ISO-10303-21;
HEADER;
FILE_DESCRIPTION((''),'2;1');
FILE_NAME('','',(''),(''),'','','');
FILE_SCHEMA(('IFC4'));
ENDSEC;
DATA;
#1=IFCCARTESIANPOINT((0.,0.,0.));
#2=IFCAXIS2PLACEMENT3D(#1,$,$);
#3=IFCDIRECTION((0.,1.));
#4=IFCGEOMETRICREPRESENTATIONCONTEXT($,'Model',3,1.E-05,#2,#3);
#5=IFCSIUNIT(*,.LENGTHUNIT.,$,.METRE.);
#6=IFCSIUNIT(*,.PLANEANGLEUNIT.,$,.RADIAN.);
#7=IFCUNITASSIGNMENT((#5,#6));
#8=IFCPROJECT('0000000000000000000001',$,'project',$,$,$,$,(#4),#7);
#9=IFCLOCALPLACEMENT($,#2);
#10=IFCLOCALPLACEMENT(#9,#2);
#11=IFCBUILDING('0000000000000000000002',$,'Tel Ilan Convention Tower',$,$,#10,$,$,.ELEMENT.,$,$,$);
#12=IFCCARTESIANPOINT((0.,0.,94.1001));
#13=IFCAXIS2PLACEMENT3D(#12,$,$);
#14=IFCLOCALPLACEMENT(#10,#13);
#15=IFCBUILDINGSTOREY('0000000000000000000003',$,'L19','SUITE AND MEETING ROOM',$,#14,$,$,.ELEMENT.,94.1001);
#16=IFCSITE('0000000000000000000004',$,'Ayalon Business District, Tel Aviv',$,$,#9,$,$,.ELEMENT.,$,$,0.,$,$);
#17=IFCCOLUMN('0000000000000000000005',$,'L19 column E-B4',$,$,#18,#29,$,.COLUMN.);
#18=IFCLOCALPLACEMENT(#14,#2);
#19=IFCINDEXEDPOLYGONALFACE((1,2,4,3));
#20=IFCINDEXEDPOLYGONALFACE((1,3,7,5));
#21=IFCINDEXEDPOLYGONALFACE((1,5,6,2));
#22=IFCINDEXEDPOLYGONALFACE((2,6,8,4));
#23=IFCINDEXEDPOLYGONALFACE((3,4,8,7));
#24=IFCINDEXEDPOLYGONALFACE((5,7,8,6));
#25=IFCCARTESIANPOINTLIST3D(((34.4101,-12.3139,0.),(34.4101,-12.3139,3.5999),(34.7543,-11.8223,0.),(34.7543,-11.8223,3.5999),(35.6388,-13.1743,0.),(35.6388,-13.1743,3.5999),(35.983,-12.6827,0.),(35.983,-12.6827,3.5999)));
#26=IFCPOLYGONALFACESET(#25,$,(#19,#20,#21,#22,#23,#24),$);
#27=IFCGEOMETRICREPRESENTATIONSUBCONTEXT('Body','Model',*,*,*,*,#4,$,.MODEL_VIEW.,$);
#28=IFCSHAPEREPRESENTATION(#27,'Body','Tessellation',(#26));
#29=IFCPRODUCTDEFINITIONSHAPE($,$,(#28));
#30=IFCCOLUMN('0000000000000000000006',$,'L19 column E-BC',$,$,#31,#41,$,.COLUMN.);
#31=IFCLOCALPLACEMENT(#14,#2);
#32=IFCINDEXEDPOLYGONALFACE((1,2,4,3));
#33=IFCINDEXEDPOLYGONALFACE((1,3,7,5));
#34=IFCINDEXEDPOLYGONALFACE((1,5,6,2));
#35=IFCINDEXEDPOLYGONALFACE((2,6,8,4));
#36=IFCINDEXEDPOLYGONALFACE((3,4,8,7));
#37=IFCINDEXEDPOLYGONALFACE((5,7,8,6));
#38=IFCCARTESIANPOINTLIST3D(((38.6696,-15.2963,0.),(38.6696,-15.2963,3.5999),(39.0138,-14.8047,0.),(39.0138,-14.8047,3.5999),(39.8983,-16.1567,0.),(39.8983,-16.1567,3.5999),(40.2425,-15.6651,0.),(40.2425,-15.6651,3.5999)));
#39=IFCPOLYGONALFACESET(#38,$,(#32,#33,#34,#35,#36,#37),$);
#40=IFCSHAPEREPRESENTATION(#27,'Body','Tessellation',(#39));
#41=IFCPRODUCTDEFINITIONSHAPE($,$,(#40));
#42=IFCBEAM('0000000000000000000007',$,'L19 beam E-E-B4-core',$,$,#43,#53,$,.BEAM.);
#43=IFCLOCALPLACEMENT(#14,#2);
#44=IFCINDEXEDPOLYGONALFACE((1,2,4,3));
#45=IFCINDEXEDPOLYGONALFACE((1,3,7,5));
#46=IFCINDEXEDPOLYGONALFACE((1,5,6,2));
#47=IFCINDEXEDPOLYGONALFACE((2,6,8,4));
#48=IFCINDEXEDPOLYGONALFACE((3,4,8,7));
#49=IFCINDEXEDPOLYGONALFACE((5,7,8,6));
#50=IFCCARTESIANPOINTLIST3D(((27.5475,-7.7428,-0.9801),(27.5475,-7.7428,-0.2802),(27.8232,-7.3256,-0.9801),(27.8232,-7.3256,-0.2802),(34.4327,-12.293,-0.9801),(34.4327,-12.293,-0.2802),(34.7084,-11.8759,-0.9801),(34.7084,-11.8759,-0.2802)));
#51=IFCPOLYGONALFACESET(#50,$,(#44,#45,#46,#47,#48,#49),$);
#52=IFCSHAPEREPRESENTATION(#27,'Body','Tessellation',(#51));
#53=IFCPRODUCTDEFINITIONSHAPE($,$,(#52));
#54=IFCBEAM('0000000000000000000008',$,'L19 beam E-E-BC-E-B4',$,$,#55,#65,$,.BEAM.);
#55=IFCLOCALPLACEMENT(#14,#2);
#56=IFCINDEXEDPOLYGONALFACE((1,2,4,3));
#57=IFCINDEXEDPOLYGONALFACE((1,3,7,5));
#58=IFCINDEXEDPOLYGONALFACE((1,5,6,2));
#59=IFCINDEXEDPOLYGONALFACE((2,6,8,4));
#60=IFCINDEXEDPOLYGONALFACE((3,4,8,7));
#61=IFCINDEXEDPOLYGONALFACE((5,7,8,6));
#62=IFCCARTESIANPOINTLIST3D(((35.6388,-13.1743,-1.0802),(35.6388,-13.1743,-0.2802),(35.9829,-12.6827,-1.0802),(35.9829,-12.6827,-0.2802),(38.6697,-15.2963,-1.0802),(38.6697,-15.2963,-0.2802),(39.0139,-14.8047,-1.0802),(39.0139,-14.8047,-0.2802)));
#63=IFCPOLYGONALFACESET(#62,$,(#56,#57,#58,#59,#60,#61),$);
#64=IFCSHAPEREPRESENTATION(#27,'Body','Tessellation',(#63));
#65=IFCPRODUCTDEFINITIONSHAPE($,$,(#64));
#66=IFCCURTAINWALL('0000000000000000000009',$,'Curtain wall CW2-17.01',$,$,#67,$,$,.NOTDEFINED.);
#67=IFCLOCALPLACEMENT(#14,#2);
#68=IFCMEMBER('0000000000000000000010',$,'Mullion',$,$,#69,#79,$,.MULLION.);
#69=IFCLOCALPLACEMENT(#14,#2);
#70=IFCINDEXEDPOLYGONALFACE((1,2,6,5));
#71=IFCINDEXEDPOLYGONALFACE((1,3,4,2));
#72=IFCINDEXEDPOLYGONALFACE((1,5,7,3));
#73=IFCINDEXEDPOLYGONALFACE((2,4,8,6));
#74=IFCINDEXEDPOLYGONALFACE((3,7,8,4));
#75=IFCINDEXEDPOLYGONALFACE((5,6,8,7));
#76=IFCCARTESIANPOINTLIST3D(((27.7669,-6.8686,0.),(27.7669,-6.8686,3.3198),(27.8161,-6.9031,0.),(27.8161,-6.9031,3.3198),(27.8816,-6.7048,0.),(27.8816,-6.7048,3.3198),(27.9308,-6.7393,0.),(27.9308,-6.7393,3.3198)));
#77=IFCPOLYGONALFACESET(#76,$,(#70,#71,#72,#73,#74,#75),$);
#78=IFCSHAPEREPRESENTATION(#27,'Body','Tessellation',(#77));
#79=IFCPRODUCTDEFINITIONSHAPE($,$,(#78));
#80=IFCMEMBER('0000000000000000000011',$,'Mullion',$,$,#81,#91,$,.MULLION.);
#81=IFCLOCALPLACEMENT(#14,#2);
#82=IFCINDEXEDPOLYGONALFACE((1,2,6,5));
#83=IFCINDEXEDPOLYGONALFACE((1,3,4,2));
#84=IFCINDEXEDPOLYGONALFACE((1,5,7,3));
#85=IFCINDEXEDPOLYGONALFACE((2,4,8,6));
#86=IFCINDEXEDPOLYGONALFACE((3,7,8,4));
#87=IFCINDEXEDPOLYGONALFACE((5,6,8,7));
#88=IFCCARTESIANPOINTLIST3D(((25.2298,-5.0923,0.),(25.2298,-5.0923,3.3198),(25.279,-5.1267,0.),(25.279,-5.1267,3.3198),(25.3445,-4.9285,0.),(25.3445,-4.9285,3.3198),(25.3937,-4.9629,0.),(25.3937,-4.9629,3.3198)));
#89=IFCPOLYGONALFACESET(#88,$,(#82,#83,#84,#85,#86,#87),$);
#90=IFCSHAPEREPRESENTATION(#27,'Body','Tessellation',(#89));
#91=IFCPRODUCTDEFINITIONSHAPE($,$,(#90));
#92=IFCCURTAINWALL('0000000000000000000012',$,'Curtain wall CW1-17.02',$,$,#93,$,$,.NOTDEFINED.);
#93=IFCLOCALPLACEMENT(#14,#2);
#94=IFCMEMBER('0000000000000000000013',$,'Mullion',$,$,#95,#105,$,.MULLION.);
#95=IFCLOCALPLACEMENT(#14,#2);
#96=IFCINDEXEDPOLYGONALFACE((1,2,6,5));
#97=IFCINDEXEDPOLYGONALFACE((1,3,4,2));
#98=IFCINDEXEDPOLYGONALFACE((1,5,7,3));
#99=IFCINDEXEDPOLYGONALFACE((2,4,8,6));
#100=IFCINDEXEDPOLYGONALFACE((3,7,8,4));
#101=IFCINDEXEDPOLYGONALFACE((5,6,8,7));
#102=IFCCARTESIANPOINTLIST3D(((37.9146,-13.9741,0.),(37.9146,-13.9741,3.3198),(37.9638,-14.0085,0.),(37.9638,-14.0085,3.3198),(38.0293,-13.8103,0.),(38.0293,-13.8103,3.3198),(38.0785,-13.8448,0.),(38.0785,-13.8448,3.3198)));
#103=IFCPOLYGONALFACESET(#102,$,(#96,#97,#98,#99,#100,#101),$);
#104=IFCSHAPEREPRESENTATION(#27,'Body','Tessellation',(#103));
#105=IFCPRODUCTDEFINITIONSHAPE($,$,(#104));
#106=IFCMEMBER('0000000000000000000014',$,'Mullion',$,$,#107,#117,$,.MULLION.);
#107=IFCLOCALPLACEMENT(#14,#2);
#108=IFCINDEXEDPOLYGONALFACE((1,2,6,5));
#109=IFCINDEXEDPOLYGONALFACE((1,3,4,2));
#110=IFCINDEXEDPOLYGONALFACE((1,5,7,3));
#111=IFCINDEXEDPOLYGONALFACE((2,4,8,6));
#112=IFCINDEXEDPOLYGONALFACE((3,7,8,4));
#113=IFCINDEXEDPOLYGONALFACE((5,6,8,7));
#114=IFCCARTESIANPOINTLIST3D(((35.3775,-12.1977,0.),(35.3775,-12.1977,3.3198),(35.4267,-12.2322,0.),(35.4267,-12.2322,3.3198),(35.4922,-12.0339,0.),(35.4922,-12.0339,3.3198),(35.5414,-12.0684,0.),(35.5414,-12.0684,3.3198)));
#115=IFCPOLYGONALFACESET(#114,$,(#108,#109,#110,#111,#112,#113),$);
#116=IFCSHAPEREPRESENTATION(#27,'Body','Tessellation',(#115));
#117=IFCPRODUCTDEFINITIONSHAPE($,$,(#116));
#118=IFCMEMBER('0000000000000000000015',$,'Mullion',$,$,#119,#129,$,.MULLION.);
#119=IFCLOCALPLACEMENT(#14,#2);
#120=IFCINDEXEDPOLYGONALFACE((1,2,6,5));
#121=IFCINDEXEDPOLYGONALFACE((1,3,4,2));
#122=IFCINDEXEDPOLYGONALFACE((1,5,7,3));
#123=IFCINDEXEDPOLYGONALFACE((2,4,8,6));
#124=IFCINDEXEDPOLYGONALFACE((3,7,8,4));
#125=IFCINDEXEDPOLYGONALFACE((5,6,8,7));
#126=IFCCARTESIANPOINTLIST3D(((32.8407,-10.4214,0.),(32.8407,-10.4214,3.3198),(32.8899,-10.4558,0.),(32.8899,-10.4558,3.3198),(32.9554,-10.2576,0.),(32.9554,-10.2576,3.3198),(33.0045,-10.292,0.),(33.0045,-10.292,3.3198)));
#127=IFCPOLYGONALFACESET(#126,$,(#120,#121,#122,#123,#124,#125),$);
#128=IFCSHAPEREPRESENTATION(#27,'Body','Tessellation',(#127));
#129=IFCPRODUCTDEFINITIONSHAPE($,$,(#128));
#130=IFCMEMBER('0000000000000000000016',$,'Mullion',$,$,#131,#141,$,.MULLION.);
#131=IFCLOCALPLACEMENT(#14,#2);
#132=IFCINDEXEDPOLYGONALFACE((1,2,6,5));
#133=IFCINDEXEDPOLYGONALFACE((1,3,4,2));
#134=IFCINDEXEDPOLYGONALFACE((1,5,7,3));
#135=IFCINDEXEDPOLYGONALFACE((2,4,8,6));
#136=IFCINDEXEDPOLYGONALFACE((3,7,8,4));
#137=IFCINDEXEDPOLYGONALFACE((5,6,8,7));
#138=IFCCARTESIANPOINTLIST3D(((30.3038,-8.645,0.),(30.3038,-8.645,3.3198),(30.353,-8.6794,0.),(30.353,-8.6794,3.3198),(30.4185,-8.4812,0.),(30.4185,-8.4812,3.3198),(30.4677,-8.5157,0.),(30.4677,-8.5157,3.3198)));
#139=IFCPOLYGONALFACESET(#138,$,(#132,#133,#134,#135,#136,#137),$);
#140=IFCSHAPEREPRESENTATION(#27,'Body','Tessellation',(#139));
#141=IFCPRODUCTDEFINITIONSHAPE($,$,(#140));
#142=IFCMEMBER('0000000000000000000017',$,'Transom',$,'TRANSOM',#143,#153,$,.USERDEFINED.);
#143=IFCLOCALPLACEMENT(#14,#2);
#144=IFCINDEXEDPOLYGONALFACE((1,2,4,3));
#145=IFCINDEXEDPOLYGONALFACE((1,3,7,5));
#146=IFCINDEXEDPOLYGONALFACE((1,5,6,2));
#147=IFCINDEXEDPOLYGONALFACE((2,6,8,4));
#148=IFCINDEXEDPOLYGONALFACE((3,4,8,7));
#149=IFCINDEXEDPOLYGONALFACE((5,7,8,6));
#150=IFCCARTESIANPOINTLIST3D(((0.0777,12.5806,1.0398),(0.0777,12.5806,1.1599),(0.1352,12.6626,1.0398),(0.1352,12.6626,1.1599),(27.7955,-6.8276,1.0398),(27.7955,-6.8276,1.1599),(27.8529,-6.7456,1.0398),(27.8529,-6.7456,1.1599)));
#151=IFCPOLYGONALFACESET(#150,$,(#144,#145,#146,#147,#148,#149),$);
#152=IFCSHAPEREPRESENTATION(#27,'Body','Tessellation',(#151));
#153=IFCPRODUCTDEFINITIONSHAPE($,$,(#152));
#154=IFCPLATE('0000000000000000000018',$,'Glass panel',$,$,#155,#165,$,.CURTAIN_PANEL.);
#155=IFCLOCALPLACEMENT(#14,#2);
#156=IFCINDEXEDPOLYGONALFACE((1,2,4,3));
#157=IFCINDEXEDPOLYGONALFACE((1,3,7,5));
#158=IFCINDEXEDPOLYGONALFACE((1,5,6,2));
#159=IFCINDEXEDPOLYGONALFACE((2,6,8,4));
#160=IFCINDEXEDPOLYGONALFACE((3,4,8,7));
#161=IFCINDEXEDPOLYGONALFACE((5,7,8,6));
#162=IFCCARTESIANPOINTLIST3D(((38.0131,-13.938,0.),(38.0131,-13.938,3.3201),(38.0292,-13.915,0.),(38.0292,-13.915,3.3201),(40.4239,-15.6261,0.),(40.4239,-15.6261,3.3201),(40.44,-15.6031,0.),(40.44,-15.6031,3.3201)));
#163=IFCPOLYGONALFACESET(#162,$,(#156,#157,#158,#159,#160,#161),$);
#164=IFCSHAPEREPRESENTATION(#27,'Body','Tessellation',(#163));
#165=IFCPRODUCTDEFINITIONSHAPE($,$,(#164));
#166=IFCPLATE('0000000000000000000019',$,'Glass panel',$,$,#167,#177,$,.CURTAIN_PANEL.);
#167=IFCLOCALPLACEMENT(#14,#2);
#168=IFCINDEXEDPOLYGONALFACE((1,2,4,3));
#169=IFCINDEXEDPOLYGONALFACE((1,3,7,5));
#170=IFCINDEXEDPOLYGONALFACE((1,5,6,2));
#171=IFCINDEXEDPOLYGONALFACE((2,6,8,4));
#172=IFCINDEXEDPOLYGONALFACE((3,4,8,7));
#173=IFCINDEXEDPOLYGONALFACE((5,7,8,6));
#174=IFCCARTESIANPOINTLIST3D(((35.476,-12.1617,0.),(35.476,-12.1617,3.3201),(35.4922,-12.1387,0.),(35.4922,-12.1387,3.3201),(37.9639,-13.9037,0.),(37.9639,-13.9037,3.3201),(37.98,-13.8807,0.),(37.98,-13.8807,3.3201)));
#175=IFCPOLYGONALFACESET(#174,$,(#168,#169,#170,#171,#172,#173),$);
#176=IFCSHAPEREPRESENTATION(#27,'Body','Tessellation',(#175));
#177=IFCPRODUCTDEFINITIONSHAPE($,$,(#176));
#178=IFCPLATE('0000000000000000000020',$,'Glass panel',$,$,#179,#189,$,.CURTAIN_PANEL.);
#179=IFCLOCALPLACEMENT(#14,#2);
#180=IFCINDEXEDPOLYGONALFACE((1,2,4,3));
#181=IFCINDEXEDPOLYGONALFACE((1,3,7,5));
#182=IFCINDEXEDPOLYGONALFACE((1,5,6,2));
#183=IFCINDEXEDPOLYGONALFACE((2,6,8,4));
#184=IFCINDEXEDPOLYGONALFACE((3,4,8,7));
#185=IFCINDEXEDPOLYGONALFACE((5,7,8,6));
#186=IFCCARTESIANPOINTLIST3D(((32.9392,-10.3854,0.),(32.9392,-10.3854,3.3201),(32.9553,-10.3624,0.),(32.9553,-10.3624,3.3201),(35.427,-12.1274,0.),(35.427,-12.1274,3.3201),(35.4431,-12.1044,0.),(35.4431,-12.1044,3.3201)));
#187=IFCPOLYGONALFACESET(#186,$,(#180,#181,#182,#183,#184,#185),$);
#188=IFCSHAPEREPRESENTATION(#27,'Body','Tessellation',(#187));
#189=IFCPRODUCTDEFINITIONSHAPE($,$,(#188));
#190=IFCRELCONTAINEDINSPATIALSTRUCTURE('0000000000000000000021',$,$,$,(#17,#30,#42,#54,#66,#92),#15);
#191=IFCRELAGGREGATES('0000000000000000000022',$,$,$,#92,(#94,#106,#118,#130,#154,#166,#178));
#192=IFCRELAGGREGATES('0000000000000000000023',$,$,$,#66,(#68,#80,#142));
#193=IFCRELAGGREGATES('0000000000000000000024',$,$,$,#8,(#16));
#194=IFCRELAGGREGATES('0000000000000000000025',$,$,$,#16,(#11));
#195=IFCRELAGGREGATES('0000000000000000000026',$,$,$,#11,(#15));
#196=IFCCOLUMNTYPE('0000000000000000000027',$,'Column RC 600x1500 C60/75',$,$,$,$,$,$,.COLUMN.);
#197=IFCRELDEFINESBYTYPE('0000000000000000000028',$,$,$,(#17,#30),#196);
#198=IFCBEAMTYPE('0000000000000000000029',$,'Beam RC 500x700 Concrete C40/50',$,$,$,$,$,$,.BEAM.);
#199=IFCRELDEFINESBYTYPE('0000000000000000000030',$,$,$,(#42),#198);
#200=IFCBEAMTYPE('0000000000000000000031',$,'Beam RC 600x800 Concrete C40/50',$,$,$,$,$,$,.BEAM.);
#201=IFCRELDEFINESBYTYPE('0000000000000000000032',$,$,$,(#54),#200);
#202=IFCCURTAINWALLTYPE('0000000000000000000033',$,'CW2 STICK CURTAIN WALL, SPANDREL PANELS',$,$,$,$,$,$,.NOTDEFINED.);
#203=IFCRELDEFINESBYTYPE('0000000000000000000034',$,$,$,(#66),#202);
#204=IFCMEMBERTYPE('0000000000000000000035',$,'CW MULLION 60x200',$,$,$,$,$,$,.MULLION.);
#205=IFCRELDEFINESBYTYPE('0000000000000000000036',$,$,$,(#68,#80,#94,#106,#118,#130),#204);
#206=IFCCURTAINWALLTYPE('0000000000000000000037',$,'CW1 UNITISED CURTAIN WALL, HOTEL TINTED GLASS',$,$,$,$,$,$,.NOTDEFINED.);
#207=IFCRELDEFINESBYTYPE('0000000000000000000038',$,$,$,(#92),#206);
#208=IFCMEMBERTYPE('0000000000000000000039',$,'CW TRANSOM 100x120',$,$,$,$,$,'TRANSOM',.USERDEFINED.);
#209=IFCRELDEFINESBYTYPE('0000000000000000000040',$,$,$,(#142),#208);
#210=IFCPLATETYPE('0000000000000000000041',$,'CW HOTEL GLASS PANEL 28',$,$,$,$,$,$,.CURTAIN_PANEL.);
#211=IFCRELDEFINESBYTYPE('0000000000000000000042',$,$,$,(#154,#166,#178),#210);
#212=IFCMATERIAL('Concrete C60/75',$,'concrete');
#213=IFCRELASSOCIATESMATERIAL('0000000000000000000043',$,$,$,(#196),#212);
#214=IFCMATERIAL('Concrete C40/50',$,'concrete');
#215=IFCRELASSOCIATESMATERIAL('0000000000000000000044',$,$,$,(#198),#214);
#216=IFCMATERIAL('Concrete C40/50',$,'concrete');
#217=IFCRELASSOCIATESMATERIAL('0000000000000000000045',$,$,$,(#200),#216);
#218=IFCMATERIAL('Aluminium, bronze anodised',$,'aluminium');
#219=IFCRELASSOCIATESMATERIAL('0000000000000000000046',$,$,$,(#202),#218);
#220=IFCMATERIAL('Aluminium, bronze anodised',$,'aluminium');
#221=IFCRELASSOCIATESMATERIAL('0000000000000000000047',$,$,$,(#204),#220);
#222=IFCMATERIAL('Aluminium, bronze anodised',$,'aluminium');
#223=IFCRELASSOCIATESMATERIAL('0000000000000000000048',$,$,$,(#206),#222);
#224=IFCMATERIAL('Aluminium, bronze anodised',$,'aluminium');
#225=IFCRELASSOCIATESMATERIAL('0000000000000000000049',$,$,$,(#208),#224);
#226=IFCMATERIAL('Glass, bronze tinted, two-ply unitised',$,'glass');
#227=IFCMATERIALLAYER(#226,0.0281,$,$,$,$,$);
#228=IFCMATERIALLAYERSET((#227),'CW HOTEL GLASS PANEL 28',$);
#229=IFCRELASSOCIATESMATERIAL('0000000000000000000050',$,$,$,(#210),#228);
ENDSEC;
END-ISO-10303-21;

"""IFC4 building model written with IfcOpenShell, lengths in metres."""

from ifc_helpers import new_model, si_unit, direction, frame, origin, origin_2d, place, context, subcontext, project, spatial, rectangle, extrude, material, layer, layer_set, material_profile, profile_set, type_object, element, aggregate, save


model = new_model("IFC4")

# Units and contexts
model_context = context("Model", 3, precision=1e-05, world=origin(), true_north=direction((0.0, 1.0)))
body_context = subcontext(model_context, "Body", "Model", "MODEL_VIEW")
ifc_project = project(units=[si_unit("LENGTHUNIT", "METRE"), si_unit("PLANEANGLEUNIT", "RADIAN")], contexts=[model_context])

# Site, building, storey
site_placement = place(None, origin())
site = spatial("IfcSite", under=ifc_project, at=site_placement, Name="Ayalon Business District, Tel Aviv", CompositionType="ELEMENT", RefElevation=0.0)
building_placement = place(site_placement, origin())
building = spatial("IfcBuilding", under=site, at=building_placement, Name="Tel Ilan Convention Tower", CompositionType="ELEMENT")
storey_placement = place(building_placement, frame((0.0, 0.0, 94.1001)))
storey = spatial("IfcBuildingStorey", under=building, at=storey_placement, Name="L19", Description="SUITE AND MEETING ROOM", CompositionType="ELEMENT", Elevation=94.1001)

# Columns
ifc_material_1 = material(Name="Concrete C60/75", Category="concrete")
ifc_material_profile_1 = material_profile(ifc_material_1, rectangle(XDim=1.5, YDim=0.6001, at=origin_2d()), Name="RC 600x1500")
ifc_profile_set_1 = profile_set([ifc_material_profile_1], Name="Concrete C60/75")
column_type = type_object("IfcColumnType", Name="Column RC 600x1500 C60/75", PredefinedType="COLUMN", material=ifc_profile_set_1)
for number, where, z_axis, x_axis, name in (
    (1, (35.1965, -12.4983, 0.0), (0.0, 0.0, 1.0), (0.819152, -0.573576, 0.0), "L19 column E-B4"),
    (2, (39.4561, -15.4807, 0.0), (0.0, 0.0, 1.0), (0.819152, -0.573576, 0.0), "L19 column E-BC"),
):
    element("IfcColumn", number, at=place(storey_placement, frame(where, z_axis=z_axis, x_axis=x_axis)), inside=storey, type_object=column_type, Name=name, PredefinedType="COLUMN", context=body_context, shape_type="SweptSolid", body=[
        extrude(rectangle(XDim=1.5, YDim=0.6001, at=origin_2d()), origin(), (0.0, 0.0, 1.0), 3.5999),
    ])

# Beams
ifc_material_2 = material(Name="Concrete C40/50", Category="concrete")
ifc_material_profile_2 = material_profile(ifc_material_2, rectangle(XDim=0.5, YDim=0.7, at=origin_2d()), Name="RC 500x700")
ifc_profile_set_2 = profile_set([ifc_material_profile_2], Name="Concrete C40/50")
beam_type_1 = type_object("IfcBeamType", Name="Beam RC 500x700 Concrete C40/50", PredefinedType="BEAM", material=ifc_profile_set_2)
beam_1_placement = place(storey_placement, frame((34.5706, -12.0845, -0.6301), z_axis=(-0.834274, 0.551351, 0.0), x_axis=(-0.551351, -0.834274, 0.0)))
element("IfcBeam", 3, at=beam_1_placement, inside=storey, type_object=beam_type_1, Name="L19 beam E-E-B4-core", PredefinedType="BEAM", context=body_context, shape_type="SweptSolid", body=[
    extrude(rectangle(XDim=0.5, YDim=0.7, at=origin_2d()), origin(), (0.0, 0.0, 1.0), 8.2529),
])
ifc_material_3 = material(Name="Concrete C40/50", Category="concrete")
ifc_material_profile_3 = material_profile(ifc_material_3, rectangle(XDim=0.6001, YDim=0.8, at=origin_2d()), Name="RC 600x800")
ifc_profile_set_3 = profile_set([ifc_material_profile_3], Name="Concrete C40/50")
beam_type_2 = type_object("IfcBeamType", Name="Beam RC 600x800 Concrete C40/50", PredefinedType="BEAM", material=ifc_profile_set_3)
beam_2_placement = place(storey_placement, frame((38.8418, -15.0505, -0.6802), z_axis=(-0.819185, 0.573529, 0.0), x_axis=(-0.573529, -0.819185, 0.0)))
element("IfcBeam", 4, at=beam_2_placement, inside=storey, type_object=beam_type_2, Name="L19 beam E-E-BC-E-B4", PredefinedType="BEAM", context=body_context, shape_type="SweptSolid", body=[
    extrude(rectangle(XDim=0.6001, YDim=0.8, at=origin_2d()), origin(), (0.0, 0.0, 1.0), 3.7),
])

# Curtain walls, members
ifc_material_4 = material(Name="Aluminium, bronze anodised", Category="aluminium")
curtain_wall_type_1 = type_object("IfcCurtainWallType", Name="CW2 STICK CURTAIN WALL, SPANDREL PANELS", PredefinedType="NOTDEFINED", material=ifc_material_4)
curtain_wall_1_placement = place(storey_placement, origin())
curtain_wall_1 = element("IfcCurtainWall", 5, at=curtain_wall_1_placement, inside=storey, type_object=curtain_wall_type_1, Name="Curtain wall CW2-17.01", PredefinedType="NOTDEFINED")
ifc_material_5 = material(Name="Aluminium, bronze anodised", Category="aluminium")
ifc_material_profile_4 = material_profile(ifc_material_5, rectangle(XDim=0.0601, YDim=0.2, at=origin_2d()), Name="CW MULLION 60x200")
ifc_profile_set_4 = profile_set([ifc_material_profile_4], Name="Aluminium, bronze anodised")
member_type_1 = type_object("IfcMemberType", Name="CW MULLION 60x200", PredefinedType="MULLION", material=ifc_profile_set_4)
member_1_placement = place(storey_placement, frame((27.8489, -6.804, 0.0), z_axis=(0.0, 0.0, 1.0), x_axis=(-0.819152, 0.573576, 0.0)))
member_1 = element("IfcMember", 6, at=member_1_placement, type_object=member_type_1, Name="Mullion", PredefinedType="MULLION", context=body_context, shape_type="SweptSolid", body=[
    extrude(rectangle(XDim=0.0601, YDim=0.2, at=origin_2d()), origin(), (0.0, 0.0, 1.0), 3.3198),
])
member_2_placement = place(storey_placement, frame((25.3118, -5.0276, 0.0), z_axis=(0.0, 0.0, 1.0), x_axis=(-0.819152, 0.573576, 0.0)))
member_2 = element("IfcMember", 7, at=member_2_placement, type_object=member_type_1, Name="Mullion", PredefinedType="MULLION", context=body_context, shape_type="SweptSolid", body=[
    extrude(rectangle(XDim=0.0601, YDim=0.2, at=origin_2d()), origin(), (0.0, 0.0, 1.0), 3.3198),
])
ifc_material_6 = material(Name="Aluminium, bronze anodised", Category="aluminium")
curtain_wall_type_2 = type_object("IfcCurtainWallType", Name="CW1 UNITISED CURTAIN WALL, HOTEL TINTED GLASS", PredefinedType="NOTDEFINED", material=ifc_material_6)
curtain_wall_2_placement = place(storey_placement, origin())
curtain_wall_2 = element("IfcCurtainWall", 8, at=curtain_wall_2_placement, inside=storey, type_object=curtain_wall_type_2, Name="Curtain wall CW1-17.02", PredefinedType="NOTDEFINED")
member_3_placement = place(storey_placement, frame((37.9966, -13.9094, 0.0), z_axis=(0.0, 0.0, 1.0), x_axis=(-0.819152, 0.573576, 0.0)))
member_3 = element("IfcMember", 9, at=member_3_placement, type_object=member_type_1, Name="Mullion", PredefinedType="MULLION", context=body_context, shape_type="SweptSolid", body=[
    extrude(rectangle(XDim=0.0601, YDim=0.2, at=origin_2d()), origin(), (0.0, 0.0, 1.0), 3.3198),
])
member_4_placement = place(storey_placement, frame((35.4595, -12.1331, 0.0), z_axis=(0.0, 0.0, 1.0), x_axis=(-0.819152, 0.573576, 0.0)))
member_4 = element("IfcMember", 10, at=member_4_placement, type_object=member_type_1, Name="Mullion", PredefinedType="MULLION", context=body_context, shape_type="SweptSolid", body=[
    extrude(rectangle(XDim=0.0601, YDim=0.2, at=origin_2d()), origin(), (0.0, 0.0, 1.0), 3.3198),
])
member_5_placement = place(storey_placement, frame((32.9226, -10.3567, 0.0), z_axis=(0.0, 0.0, 1.0), x_axis=(-0.819152, 0.573576, 0.0)))
member_5 = element("IfcMember", 11, at=member_5_placement, type_object=member_type_1, Name="Mullion", PredefinedType="MULLION", context=body_context, shape_type="SweptSolid", body=[
    extrude(rectangle(XDim=0.0601, YDim=0.2, at=origin_2d()), origin(), (0.0, 0.0, 1.0), 3.3198),
])
member_6_placement = place(storey_placement, frame((30.3857, -8.5803, 0.0), z_axis=(0.0, 0.0, 1.0), x_axis=(-0.819152, 0.573576, 0.0)))
member_6 = element("IfcMember", 12, at=member_6_placement, type_object=member_type_1, Name="Mullion", PredefinedType="MULLION", context=body_context, shape_type="SweptSolid", body=[
    extrude(rectangle(XDim=0.0601, YDim=0.2, at=origin_2d()), origin(), (0.0, 0.0, 1.0), 3.3198),
])

# Member
ifc_material_7 = material(Name="Aluminium, bronze anodised", Category="aluminium")
ifc_material_profile_5 = material_profile(ifc_material_7, rectangle(XDim=0.1001, YDim=0.1201, at=origin_2d()), Name="CW TRANSOM 100x120")
ifc_profile_set_5 = profile_set([ifc_material_profile_5], Name="Aluminium, bronze anodised")
member_type_2 = type_object("IfcMemberType", Name="CW TRANSOM 100x120", ElementType="TRANSOM", PredefinedType="USERDEFINED", material=ifc_profile_set_5)
member_7_placement = place(storey_placement, frame((27.8242, -6.7866, 1.0999), z_axis=(-0.819152, 0.573577, 0.0), x_axis=(-0.573577, -0.819152, 0.0)))
member_7 = element("IfcMember", 13, at=member_7_placement, type_object=member_type_2, Name="Transom", ObjectType="TRANSOM", PredefinedType="USERDEFINED", context=body_context, shape_type="SweptSolid", body=[
    extrude(rectangle(XDim=0.1001, YDim=0.1201, at=origin_2d()), origin(), (0.0, 0.0, 1.0), 33.8372),
])

# Plates
ifc_material_8 = material(Name="Glass, bronze tinted, two-ply unitised", Category="glass")
ifc_layer_1 = layer(ifc_material_8, 0.0281)
ifc_layer_set_1 = layer_set([ifc_layer_1], Name="CW HOTEL GLASS PANEL 28")
plate_type_1 = type_object("IfcPlateType", Name="CW HOTEL GLASS PANEL 28", PredefinedType="CURTAIN_PANEL", material=ifc_layer_set_1)
plate_1_placement = place(storey_placement, frame((39.2266, -14.7705, 0.0), z_axis=(0.0, 0.0, 1.0), x_axis=(-0.819152, 0.573576, 0.0)))
plate_1 = element("IfcPlate", 14, at=plate_1_placement, type_object=plate_type_1, Name="Glass panel", PredefinedType="CURTAIN_PANEL", context=body_context, shape_type="SweptSolid", body=[
    extrude(rectangle(XDim=2.9431, YDim=0.0281, at=origin_2d()), origin(), (0.0, 0.0, 1.0), 3.3201),
])
plate_2_placement = place(storey_placement, frame((36.728, -13.0212, 0.0), z_axis=(0.0, 0.0, 1.0), x_axis=(-0.819152, 0.573576, 0.0)))
plate_2 = element("IfcPlate", 15, at=plate_2_placement, type_object=plate_type_1, Name="Glass panel", PredefinedType="CURTAIN_PANEL", context=body_context, shape_type="SweptSolid", body=[
    extrude(rectangle(XDim=3.0371, YDim=0.0281, at=origin_2d()), origin(), (0.0, 0.0, 1.0), 3.3201),
])
plate_3_placement = place(storey_placement, frame((34.1912, -11.2449, 0.0), z_axis=(0.0, 0.0, 1.0), x_axis=(-0.819152, 0.573576, 0.0)))
plate_3 = element("IfcPlate", 16, at=plate_3_placement, type_object=plate_type_1, Name="Glass panel", PredefinedType="CURTAIN_PANEL", context=body_context, shape_type="SweptSolid", body=[
    extrude(rectangle(XDim=3.0371, YDim=0.0281, at=origin_2d()), origin(), (0.0, 0.0, 1.0), 3.3201),
])
aggregate(curtain_wall_2, [member_3, member_4, member_5, member_6, plate_1, plate_2, plate_3])
aggregate(curtain_wall_1, [member_1, member_2, member_7])

save(model, "model.ifc")
